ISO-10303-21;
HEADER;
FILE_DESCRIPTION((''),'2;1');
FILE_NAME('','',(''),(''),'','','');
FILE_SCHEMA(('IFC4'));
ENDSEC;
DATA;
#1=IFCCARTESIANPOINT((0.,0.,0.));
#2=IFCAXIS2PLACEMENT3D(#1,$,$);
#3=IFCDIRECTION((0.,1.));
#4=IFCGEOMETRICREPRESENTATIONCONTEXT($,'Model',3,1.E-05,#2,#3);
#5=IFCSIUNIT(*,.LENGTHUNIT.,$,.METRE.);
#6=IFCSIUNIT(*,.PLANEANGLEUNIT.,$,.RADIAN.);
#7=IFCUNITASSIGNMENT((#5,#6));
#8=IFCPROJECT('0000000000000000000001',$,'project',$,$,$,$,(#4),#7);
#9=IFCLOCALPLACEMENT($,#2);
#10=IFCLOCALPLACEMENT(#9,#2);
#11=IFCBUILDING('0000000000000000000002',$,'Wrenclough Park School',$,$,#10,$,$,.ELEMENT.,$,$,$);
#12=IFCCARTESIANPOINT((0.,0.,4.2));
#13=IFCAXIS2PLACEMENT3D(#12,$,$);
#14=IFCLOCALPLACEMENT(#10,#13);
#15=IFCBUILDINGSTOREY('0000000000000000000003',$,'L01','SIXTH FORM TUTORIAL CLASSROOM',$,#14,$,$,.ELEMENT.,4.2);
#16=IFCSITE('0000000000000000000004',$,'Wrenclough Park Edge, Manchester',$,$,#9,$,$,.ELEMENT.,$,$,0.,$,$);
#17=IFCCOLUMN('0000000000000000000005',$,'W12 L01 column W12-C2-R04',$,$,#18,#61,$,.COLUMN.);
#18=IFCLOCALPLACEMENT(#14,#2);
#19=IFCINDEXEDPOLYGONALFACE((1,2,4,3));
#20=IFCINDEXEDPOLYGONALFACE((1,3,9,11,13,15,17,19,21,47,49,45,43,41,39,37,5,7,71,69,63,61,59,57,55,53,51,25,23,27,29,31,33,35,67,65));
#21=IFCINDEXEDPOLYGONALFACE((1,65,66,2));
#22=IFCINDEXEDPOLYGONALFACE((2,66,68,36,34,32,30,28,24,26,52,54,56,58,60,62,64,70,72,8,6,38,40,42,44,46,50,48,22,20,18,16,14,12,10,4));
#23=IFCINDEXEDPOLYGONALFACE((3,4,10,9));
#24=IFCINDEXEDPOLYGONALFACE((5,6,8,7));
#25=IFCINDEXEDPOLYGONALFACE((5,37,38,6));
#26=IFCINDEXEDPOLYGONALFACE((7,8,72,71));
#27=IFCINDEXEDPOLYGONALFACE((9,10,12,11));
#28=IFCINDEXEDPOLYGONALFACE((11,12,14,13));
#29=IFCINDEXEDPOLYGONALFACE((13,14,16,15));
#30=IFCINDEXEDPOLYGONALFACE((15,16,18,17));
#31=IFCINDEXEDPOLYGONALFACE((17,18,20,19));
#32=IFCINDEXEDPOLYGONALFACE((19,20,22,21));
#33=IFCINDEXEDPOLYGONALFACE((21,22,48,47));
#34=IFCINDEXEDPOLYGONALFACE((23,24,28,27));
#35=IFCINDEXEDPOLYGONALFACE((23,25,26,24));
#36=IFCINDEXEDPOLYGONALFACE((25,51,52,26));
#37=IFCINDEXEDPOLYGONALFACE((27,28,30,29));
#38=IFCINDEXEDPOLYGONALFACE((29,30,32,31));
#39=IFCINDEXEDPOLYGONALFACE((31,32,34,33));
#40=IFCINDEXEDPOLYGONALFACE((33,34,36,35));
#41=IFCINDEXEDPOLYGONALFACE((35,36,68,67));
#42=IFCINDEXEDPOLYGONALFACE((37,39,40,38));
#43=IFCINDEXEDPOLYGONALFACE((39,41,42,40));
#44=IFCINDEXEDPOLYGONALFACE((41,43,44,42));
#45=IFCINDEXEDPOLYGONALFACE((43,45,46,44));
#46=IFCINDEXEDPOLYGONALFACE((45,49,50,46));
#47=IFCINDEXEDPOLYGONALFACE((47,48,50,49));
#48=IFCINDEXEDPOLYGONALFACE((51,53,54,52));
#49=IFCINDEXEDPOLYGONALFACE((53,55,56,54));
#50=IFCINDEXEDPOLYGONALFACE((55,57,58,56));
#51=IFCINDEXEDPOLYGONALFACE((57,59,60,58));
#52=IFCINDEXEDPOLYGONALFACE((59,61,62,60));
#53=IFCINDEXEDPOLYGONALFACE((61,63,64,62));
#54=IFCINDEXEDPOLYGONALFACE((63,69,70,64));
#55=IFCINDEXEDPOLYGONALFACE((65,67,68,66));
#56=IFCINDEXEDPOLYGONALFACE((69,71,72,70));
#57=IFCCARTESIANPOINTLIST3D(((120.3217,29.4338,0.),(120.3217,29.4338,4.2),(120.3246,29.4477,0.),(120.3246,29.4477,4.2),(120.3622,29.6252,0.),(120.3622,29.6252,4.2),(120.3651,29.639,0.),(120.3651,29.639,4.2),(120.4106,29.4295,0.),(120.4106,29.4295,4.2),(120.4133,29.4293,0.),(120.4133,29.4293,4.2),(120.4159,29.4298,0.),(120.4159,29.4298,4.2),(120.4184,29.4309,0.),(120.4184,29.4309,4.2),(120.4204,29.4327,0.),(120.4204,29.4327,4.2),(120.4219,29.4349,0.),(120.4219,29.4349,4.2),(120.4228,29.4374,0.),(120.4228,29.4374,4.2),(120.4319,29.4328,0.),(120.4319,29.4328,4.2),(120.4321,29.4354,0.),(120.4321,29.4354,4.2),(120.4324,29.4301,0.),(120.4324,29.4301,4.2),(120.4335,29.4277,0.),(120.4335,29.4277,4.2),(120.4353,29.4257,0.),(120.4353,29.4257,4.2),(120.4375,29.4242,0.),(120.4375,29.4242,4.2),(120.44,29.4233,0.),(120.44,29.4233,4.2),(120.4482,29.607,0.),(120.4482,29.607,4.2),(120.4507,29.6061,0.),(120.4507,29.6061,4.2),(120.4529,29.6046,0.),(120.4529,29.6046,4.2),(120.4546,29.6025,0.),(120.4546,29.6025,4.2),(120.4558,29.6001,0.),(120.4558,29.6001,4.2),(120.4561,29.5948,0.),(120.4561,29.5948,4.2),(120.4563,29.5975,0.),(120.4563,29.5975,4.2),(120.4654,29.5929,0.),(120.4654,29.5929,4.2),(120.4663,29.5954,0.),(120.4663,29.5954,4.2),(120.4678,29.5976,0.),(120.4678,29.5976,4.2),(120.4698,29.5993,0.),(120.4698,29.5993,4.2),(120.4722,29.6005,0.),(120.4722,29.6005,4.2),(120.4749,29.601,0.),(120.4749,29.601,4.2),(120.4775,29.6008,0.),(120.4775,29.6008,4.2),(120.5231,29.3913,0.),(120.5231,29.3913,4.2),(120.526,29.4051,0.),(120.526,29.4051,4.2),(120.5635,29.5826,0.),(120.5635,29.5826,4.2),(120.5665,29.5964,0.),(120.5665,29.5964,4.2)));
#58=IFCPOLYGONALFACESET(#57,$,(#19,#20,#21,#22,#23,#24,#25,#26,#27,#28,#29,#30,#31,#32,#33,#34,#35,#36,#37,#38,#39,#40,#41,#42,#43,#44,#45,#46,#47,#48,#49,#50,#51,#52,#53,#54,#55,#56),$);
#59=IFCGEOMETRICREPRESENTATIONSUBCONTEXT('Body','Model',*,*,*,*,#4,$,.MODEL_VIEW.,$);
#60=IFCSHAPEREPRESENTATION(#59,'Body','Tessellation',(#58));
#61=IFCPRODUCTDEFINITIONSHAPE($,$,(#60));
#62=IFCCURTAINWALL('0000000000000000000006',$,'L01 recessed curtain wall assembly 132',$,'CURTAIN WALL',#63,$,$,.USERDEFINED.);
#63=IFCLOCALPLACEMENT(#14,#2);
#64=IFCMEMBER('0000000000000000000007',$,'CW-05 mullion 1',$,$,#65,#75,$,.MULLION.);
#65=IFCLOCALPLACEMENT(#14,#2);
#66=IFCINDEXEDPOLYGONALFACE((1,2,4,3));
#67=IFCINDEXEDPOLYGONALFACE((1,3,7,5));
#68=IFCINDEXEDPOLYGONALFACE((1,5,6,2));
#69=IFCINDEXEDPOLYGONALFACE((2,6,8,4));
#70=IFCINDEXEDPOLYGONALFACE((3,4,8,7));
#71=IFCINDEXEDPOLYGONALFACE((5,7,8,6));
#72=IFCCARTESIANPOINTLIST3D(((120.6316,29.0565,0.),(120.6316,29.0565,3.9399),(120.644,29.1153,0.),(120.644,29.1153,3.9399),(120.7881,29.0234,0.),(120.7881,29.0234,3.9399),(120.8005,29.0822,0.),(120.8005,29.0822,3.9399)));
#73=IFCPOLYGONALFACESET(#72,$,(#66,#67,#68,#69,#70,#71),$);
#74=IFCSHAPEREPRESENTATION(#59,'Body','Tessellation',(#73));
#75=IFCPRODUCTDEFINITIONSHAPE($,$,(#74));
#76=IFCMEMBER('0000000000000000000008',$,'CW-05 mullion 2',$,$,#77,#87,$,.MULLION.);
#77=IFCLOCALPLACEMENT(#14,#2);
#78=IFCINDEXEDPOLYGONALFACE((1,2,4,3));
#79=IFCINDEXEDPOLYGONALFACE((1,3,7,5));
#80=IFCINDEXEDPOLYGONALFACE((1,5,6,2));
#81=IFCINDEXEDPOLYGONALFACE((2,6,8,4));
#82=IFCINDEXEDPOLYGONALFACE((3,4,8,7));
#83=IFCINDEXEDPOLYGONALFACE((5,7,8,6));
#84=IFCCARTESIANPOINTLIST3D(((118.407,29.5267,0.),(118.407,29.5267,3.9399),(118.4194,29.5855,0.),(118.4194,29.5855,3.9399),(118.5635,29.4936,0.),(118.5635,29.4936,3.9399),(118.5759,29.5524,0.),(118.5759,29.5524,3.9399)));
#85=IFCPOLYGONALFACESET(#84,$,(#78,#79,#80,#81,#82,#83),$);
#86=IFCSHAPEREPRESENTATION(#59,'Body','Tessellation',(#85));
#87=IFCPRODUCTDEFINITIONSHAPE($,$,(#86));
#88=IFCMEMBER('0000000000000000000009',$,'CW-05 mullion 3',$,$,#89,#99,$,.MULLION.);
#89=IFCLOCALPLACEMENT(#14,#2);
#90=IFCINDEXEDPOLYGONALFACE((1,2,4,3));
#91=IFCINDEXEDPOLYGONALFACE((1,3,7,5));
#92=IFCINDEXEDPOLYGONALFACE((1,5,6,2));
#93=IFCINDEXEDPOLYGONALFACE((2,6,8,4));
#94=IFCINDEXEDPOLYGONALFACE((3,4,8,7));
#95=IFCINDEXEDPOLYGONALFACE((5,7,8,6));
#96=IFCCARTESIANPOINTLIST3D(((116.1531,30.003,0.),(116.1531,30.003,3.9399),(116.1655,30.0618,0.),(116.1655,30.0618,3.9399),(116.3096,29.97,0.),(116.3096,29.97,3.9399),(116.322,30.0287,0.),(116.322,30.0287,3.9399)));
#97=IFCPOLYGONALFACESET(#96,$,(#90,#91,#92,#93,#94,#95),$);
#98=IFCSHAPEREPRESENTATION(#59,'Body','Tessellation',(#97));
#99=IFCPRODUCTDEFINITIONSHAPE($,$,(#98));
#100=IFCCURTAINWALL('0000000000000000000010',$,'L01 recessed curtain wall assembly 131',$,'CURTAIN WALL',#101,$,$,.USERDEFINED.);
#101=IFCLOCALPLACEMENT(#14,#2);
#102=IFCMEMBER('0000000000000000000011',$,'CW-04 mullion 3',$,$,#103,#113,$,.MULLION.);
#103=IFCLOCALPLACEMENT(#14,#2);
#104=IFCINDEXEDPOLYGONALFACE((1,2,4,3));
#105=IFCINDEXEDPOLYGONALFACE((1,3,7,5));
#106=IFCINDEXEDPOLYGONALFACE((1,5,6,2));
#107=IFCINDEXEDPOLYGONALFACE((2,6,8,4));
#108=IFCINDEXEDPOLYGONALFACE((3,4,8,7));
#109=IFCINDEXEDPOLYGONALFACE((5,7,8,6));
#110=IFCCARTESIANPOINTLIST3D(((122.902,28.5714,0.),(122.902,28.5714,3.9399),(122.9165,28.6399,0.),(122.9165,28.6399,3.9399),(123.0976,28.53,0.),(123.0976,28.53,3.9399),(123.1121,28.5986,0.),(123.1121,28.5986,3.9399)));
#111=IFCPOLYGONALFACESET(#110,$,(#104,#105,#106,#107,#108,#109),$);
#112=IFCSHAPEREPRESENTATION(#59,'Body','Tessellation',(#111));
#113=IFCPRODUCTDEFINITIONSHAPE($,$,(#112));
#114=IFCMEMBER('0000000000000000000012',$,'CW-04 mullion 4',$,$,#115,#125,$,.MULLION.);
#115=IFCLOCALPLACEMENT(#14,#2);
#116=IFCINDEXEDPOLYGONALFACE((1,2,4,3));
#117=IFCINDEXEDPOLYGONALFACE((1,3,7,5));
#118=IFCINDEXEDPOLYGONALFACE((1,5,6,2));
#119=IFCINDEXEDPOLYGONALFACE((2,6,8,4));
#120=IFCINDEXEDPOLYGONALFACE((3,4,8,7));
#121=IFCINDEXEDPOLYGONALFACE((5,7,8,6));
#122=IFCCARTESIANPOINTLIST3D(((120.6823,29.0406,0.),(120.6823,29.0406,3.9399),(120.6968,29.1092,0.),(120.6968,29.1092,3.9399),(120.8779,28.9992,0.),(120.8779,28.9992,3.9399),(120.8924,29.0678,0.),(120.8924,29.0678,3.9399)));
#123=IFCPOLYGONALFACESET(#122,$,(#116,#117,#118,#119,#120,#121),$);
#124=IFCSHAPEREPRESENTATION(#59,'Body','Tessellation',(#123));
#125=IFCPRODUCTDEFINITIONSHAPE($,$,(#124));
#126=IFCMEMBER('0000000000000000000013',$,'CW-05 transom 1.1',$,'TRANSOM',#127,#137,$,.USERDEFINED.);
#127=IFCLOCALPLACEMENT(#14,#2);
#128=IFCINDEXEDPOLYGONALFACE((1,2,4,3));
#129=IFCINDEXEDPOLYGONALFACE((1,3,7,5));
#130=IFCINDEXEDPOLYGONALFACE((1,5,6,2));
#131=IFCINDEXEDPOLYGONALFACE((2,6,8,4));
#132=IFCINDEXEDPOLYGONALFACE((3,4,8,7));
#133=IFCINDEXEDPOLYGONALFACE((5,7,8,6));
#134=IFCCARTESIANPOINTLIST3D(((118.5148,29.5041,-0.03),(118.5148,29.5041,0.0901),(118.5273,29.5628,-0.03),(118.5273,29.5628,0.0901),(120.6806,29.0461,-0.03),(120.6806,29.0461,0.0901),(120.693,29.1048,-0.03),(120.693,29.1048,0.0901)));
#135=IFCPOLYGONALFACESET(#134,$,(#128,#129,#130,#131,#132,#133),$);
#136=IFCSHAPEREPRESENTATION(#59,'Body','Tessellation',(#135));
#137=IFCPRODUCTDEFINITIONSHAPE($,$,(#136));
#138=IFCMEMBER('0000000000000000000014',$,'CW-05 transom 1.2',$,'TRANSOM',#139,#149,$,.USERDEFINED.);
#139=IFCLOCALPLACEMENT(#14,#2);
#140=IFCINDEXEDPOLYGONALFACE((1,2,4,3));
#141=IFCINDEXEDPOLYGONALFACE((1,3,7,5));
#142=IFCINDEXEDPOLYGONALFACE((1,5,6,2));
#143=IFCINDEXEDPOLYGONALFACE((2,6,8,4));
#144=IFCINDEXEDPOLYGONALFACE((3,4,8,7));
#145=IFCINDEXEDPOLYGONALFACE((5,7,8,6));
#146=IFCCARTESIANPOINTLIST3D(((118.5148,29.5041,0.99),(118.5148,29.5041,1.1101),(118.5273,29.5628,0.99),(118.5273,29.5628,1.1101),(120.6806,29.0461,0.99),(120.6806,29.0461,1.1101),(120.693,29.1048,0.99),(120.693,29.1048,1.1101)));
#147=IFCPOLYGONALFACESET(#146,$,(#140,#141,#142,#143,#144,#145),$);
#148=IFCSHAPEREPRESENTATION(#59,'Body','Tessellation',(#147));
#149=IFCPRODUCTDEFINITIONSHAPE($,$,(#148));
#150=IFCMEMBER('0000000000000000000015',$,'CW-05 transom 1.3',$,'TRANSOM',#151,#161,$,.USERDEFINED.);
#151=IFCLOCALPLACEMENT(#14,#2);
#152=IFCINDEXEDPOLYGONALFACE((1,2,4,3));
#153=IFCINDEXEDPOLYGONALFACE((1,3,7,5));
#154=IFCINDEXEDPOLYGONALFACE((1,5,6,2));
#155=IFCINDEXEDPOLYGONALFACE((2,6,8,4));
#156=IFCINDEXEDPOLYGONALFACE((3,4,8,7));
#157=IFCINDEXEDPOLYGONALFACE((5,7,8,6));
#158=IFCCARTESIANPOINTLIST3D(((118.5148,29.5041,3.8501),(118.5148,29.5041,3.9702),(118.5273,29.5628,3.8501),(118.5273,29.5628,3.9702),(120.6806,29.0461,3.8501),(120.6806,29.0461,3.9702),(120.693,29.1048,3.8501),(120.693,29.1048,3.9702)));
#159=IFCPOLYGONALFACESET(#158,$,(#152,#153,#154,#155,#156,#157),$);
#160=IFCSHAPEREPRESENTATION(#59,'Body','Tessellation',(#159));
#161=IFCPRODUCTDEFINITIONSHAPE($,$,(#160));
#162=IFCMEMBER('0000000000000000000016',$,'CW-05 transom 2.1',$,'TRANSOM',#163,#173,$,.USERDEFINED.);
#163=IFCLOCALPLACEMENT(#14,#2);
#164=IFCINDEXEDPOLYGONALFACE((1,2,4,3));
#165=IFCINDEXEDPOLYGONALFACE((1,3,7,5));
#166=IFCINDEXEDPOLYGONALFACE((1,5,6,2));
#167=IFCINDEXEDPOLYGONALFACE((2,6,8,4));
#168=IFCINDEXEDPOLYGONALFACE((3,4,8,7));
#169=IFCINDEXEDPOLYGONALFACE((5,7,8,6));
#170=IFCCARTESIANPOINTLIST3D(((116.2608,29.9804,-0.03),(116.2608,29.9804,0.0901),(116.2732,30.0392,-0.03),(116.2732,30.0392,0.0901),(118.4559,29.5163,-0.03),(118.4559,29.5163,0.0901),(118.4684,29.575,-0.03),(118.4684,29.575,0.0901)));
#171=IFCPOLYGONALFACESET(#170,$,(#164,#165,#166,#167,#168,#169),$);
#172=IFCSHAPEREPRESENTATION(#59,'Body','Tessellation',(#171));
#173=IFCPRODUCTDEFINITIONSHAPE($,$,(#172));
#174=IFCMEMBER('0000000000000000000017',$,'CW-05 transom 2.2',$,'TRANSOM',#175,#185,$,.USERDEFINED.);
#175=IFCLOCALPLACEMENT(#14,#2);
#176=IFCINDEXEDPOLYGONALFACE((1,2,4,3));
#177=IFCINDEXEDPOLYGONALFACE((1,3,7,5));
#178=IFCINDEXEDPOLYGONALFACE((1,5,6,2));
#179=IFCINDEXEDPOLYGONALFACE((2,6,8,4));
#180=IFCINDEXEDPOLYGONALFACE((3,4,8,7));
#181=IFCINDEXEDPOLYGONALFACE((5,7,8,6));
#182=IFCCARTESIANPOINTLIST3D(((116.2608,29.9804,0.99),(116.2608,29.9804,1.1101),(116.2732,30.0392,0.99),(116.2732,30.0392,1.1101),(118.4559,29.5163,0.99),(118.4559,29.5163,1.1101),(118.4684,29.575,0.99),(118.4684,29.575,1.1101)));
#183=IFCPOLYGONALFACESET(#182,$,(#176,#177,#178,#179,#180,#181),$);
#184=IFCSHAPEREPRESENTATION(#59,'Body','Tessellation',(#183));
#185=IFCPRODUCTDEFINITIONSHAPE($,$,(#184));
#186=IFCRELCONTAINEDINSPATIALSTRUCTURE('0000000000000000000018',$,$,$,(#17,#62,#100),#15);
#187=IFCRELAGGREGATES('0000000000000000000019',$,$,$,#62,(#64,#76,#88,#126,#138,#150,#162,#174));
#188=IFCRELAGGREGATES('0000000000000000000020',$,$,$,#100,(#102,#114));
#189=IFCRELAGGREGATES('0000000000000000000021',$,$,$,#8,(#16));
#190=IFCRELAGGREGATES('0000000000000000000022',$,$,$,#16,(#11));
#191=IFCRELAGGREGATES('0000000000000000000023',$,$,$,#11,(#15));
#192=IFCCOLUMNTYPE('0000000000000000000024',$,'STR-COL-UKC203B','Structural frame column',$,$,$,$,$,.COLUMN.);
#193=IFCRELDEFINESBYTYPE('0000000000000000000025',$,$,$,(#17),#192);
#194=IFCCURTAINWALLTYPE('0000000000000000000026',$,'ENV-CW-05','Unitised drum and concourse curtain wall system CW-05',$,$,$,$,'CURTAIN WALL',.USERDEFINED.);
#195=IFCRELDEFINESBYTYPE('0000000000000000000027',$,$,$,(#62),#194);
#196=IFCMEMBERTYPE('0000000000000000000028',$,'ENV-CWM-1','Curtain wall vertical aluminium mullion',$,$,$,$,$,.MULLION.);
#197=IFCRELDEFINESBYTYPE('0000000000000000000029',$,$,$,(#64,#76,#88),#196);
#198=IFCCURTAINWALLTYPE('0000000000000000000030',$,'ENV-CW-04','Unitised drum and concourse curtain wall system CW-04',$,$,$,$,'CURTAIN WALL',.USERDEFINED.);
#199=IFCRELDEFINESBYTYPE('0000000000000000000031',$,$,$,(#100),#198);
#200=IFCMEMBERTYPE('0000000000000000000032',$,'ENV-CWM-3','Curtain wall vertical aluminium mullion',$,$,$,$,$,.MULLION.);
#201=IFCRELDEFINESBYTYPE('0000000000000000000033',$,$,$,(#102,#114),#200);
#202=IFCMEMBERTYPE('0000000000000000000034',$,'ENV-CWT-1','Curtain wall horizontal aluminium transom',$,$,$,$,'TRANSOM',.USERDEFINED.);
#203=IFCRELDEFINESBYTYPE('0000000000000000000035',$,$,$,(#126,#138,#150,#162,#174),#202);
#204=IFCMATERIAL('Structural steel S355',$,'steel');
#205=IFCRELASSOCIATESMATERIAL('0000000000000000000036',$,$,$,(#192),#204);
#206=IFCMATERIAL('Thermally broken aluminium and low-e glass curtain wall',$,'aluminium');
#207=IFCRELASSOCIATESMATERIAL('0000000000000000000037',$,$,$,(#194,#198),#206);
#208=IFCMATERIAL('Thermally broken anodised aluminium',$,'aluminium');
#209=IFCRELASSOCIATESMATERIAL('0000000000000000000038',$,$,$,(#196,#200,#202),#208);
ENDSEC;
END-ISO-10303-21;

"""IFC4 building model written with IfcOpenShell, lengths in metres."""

from ifc_helpers import new_model, si_unit, direction, frame, origin, origin_2d, place, context, subcontext, project, spatial, rectangle, i_section, extrude, material, material_profile, profile_set, type_object, element, aggregate, save


model = new_model("IFC4")

# Units and contexts
model_context = context("Model", 3, precision=1e-05, world=origin(), true_north=direction((0.0, 1.0)))
body_context = subcontext(model_context, "Body", "Model", "MODEL_VIEW")
ifc_project = project(units=[si_unit("LENGTHUNIT", "METRE"), si_unit("PLANEANGLEUNIT", "RADIAN")], contexts=[model_context])

# Site, building, storey
site_placement = place(None, origin())
site = spatial("IfcSite", under=ifc_project, at=site_placement, Name="Wrenclough Park Edge, Manchester", CompositionType="ELEMENT", RefElevation=0.0)
building_placement = place(site_placement, origin())
building = spatial("IfcBuilding", under=site, at=building_placement, Name="Wrenclough Park School", CompositionType="ELEMENT")
storey_placement = place(building_placement, frame((0.0, 0.0, 4.2)))
storey = spatial("IfcBuildingStorey", under=building, at=storey_placement, Name="L01", Description="SIXTH FORM TUTORIAL CLASSROOM", CompositionType="ELEMENT", Elevation=4.2)

# Column
ifc_material_1 = material(Name="Structural steel S355", Category="steel")
ifc_material_profile_1 = material_profile(ifc_material_1, i_section(OverallWidth=0.2058, OverallDepth=0.2097, WebThickness=0.0095, FlangeThickness=0.0142, FilletRadius=0.0103, at=origin_2d()), Name="UKC 203x203x60")
ifc_profile_set_1 = profile_set([ifc_material_profile_1], Name="Structural steel S355")
column_type = type_object("IfcColumnType", Name="STR-COL-UKC203B", Description="Structural frame column", PredefinedType="COLUMN", material=ifc_profile_set_1)
column_placement = place(storey_placement, frame((120.4441, 29.5151, 0.0), z_axis=(0.0, 0.0, 1.0), x_axis=(0.978365, -0.206887, 0.0)))
element("IfcColumn", 1, at=column_placement, inside=storey, type_object=column_type, Name="W12 L01 column W12-C2-R04", PredefinedType="COLUMN", context=body_context, shape_type="SweptSolid", body=[
    extrude(i_section(OverallWidth=0.2058, OverallDepth=0.2097, WebThickness=0.0095, FlangeThickness=0.0142, FilletRadius=0.0103, at=origin_2d()), origin(), (0.0, 0.0, 1.0), 4.2),
])

# Curtain walls, members
ifc_material_2 = material(Name="Thermally broken aluminium and low-e glass curtain wall", Category="aluminium")
curtain_wall_type_1 = type_object("IfcCurtainWallType", Name="ENV-CW-05", Description="Unitised drum and concourse curtain wall system CW-05", ElementType="CURTAIN WALL", PredefinedType="USERDEFINED", material=ifc_material_2)
curtain_wall_1_placement = place(storey_placement, origin())
curtain_wall_1 = element("IfcCurtainWall", 2, at=curtain_wall_1_placement, inside=storey, type_object=curtain_wall_type_1, Name="L01 recessed curtain wall assembly 132", ObjectType="CURTAIN WALL", PredefinedType="USERDEFINED")
ifc_material_3 = material(Name="Thermally broken anodised aluminium", Category="aluminium")
ifc_material_profile_2 = material_profile(ifc_material_3, rectangle(XDim=0.0601, YDim=0.1599, at=origin_2d()), Name="AL MULLION 60x160")
ifc_profile_set_2 = profile_set([ifc_material_profile_2], Name="Thermally broken anodised aluminium")
member_type_1 = type_object("IfcMemberType", Name="ENV-CWM-1", Description="Curtain wall vertical aluminium mullion", PredefinedType="MULLION", material=ifc_profile_set_2)
member_1_placement = place(storey_placement, frame((120.7161, 29.0693, 0.0), z_axis=(0.0, 0.0, 1.0), x_axis=(-0.206815, -0.97838, 0.0)))
member_1 = element("IfcMember", 3, at=member_1_placement, type_object=member_type_1, Name="CW-05 mullion 1", PredefinedType="MULLION", context=body_context, shape_type="SweptSolid", body=[
    extrude(rectangle(XDim=0.0601, YDim=0.1599, at=origin_2d()), origin(), (0.0, 0.0, 1.0), 3.9399),
])
member_2_placement = place(storey_placement, frame((118.4915, 29.5396, 0.0), z_axis=(0.0, 0.0, 1.0), x_axis=(-0.206815, -0.97838, 0.0)))
member_2 = element("IfcMember", 4, at=member_2_placement, type_object=member_type_1, Name="CW-05 mullion 2", PredefinedType="MULLION", context=body_context, shape_type="SweptSolid", body=[
    extrude(rectangle(XDim=0.0601, YDim=0.1599, at=origin_2d()), origin(), (0.0, 0.0, 1.0), 3.9399),
])
member_3_placement = place(storey_placement, frame((116.2375, 30.0159, 0.0), z_axis=(0.0, 0.0, 1.0), x_axis=(-0.206815, -0.97838, 0.0)))
member_3 = element("IfcMember", 5, at=member_3_placement, type_object=member_type_1, Name="CW-05 mullion 3", PredefinedType="MULLION", context=body_context, shape_type="SweptSolid", body=[
    extrude(rectangle(XDim=0.0601, YDim=0.1599, at=origin_2d()), origin(), (0.0, 0.0, 1.0), 3.9399),
])
curtain_wall_type_2 = type_object("IfcCurtainWallType", Name="ENV-CW-04", Description="Unitised drum and concourse curtain wall system CW-04", ElementType="CURTAIN WALL", PredefinedType="USERDEFINED", material=ifc_material_2)
curtain_wall_2_placement = place(storey_placement, origin())
curtain_wall_2 = element("IfcCurtainWall", 6, at=curtain_wall_2_placement, inside=storey, type_object=curtain_wall_type_2, Name="L01 recessed curtain wall assembly 131", ObjectType="CURTAIN WALL", PredefinedType="USERDEFINED")
ifc_material_profile_3 = material_profile(ifc_material_3, rectangle(XDim=0.0701, YDim=0.2, at=origin_2d()), Name="AL MULLION 70x200")
ifc_profile_set_3 = profile_set([ifc_material_profile_3], Name="Thermally broken anodised aluminium")
member_type_2 = type_object("IfcMemberType", Name="ENV-CWM-3", Description="Curtain wall vertical aluminium mullion", PredefinedType="MULLION", material=ifc_profile_set_3)
member_4_placement = place(storey_placement, frame((123.0071, 28.585, 0.0), z_axis=(0.0, 0.0, 1.0), x_axis=(-0.206818, -0.978379, 0.0)))
member_4 = element("IfcMember", 7, at=member_4_placement, type_object=member_type_2, Name="CW-04 mullion 3", PredefinedType="MULLION", context=body_context, shape_type="SweptSolid", body=[
    extrude(rectangle(XDim=0.0701, YDim=0.2, at=origin_2d()), origin(), (0.0, 0.0, 1.0), 3.9399),
])
member_5_placement = place(storey_placement, frame((120.7874, 29.0542, 0.0), z_axis=(0.0, 0.0, 1.0), x_axis=(-0.206818, -0.978379, 0.0)))
member_5 = element("IfcMember", 8, at=member_5_placement, type_object=member_type_2, Name="CW-04 mullion 4", PredefinedType="MULLION", context=body_context, shape_type="SweptSolid", body=[
    extrude(rectangle(XDim=0.0701, YDim=0.2, at=origin_2d()), origin(), (0.0, 0.0, 1.0), 3.9399),
])

# Members
ifc_material_profile_4 = material_profile(ifc_material_3, rectangle(XDim=0.0601, YDim=0.1201, at=origin_2d()), Name="AL TRANSOM 60x120")
ifc_profile_set_4 = profile_set([ifc_material_profile_4], Name="Thermally broken anodised aluminium")
member_type_3 = type_object("IfcMemberType", Name="ENV-CWT-1", Description="Curtain wall horizontal aluminium transom", ElementType="TRANSOM", PredefinedType="USERDEFINED", material=ifc_profile_set_4)
member_6_placement = place(storey_placement, frame((120.6868, 29.0754, 0.03), z_axis=(-0.978362, 0.2069, 0.0), x_axis=(-0.2069, -0.978362, 0.0)))
member_6 = element("IfcMember", 9, at=member_6_placement, type_object=member_type_3, Name="CW-05 transom 1.1", ObjectType="TRANSOM", PredefinedType="USERDEFINED", context=body_context, shape_type="SweptSolid", body=[
    extrude(rectangle(XDim=0.0601, YDim=0.1201, at=origin_2d()), origin(), (0.0, 0.0, 1.0), 2.2136),
])
member_7_placement = place(storey_placement, frame((120.6868, 29.0754, 1.05), z_axis=(-0.978362, 0.2069, 0.0), x_axis=(-0.2069, -0.978362, 0.0)))
member_7 = element("IfcMember", 10, at=member_7_placement, type_object=member_type_3, Name="CW-05 transom 1.2", ObjectType="TRANSOM", PredefinedType="USERDEFINED", context=body_context, shape_type="SweptSolid", body=[
    extrude(rectangle(XDim=0.0601, YDim=0.1201, at=origin_2d()), origin(), (0.0, 0.0, 1.0), 2.2136),
])
member_8_placement = place(storey_placement, frame((120.6868, 29.0754, 3.9102), z_axis=(-0.978362, 0.2069, 0.0), x_axis=(-0.2069, -0.978362, 0.0)))
member_8 = element("IfcMember", 11, at=member_8_placement, type_object=member_type_3, Name="CW-05 transom 1.3", ObjectType="TRANSOM", PredefinedType="USERDEFINED", context=body_context, shape_type="SweptSolid", body=[
    extrude(rectangle(XDim=0.0601, YDim=0.1201, at=origin_2d()), origin(), (0.0, 0.0, 1.0), 2.2136),
])
member_9_placement = place(storey_placement, frame((118.4622, 29.5457, 0.03), z_axis=(-0.97837, 0.20686, 0.0), x_axis=(-0.20686, -0.97837, 0.0)))
member_9 = element("IfcMember", 12, at=member_9_placement, type_object=member_type_3, Name="CW-05 transom 2.1", ObjectType="TRANSOM", PredefinedType="USERDEFINED", context=body_context, shape_type="SweptSolid", body=[
    extrude(rectangle(XDim=0.0601, YDim=0.1201, at=origin_2d()), origin(), (0.0, 0.0, 1.0), 2.2437),
])
member_10_placement = place(storey_placement, frame((118.4622, 29.5457, 1.05), z_axis=(-0.97837, 0.20686, 0.0), x_axis=(-0.20686, -0.97837, 0.0)))
member_10 = element("IfcMember", 13, at=member_10_placement, type_object=member_type_3, Name="CW-05 transom 2.2", ObjectType="TRANSOM", PredefinedType="USERDEFINED", context=body_context, shape_type="SweptSolid", body=[
    extrude(rectangle(XDim=0.0601, YDim=0.1201, at=origin_2d()), origin(), (0.0, 0.0, 1.0), 2.2437),
])

aggregate(curtain_wall_1, [member_1, member_2, member_3, member_6, member_7, member_8, member_9, member_10])
aggregate(curtain_wall_2, [member_4, member_5])

save(model, "model.ifc")
